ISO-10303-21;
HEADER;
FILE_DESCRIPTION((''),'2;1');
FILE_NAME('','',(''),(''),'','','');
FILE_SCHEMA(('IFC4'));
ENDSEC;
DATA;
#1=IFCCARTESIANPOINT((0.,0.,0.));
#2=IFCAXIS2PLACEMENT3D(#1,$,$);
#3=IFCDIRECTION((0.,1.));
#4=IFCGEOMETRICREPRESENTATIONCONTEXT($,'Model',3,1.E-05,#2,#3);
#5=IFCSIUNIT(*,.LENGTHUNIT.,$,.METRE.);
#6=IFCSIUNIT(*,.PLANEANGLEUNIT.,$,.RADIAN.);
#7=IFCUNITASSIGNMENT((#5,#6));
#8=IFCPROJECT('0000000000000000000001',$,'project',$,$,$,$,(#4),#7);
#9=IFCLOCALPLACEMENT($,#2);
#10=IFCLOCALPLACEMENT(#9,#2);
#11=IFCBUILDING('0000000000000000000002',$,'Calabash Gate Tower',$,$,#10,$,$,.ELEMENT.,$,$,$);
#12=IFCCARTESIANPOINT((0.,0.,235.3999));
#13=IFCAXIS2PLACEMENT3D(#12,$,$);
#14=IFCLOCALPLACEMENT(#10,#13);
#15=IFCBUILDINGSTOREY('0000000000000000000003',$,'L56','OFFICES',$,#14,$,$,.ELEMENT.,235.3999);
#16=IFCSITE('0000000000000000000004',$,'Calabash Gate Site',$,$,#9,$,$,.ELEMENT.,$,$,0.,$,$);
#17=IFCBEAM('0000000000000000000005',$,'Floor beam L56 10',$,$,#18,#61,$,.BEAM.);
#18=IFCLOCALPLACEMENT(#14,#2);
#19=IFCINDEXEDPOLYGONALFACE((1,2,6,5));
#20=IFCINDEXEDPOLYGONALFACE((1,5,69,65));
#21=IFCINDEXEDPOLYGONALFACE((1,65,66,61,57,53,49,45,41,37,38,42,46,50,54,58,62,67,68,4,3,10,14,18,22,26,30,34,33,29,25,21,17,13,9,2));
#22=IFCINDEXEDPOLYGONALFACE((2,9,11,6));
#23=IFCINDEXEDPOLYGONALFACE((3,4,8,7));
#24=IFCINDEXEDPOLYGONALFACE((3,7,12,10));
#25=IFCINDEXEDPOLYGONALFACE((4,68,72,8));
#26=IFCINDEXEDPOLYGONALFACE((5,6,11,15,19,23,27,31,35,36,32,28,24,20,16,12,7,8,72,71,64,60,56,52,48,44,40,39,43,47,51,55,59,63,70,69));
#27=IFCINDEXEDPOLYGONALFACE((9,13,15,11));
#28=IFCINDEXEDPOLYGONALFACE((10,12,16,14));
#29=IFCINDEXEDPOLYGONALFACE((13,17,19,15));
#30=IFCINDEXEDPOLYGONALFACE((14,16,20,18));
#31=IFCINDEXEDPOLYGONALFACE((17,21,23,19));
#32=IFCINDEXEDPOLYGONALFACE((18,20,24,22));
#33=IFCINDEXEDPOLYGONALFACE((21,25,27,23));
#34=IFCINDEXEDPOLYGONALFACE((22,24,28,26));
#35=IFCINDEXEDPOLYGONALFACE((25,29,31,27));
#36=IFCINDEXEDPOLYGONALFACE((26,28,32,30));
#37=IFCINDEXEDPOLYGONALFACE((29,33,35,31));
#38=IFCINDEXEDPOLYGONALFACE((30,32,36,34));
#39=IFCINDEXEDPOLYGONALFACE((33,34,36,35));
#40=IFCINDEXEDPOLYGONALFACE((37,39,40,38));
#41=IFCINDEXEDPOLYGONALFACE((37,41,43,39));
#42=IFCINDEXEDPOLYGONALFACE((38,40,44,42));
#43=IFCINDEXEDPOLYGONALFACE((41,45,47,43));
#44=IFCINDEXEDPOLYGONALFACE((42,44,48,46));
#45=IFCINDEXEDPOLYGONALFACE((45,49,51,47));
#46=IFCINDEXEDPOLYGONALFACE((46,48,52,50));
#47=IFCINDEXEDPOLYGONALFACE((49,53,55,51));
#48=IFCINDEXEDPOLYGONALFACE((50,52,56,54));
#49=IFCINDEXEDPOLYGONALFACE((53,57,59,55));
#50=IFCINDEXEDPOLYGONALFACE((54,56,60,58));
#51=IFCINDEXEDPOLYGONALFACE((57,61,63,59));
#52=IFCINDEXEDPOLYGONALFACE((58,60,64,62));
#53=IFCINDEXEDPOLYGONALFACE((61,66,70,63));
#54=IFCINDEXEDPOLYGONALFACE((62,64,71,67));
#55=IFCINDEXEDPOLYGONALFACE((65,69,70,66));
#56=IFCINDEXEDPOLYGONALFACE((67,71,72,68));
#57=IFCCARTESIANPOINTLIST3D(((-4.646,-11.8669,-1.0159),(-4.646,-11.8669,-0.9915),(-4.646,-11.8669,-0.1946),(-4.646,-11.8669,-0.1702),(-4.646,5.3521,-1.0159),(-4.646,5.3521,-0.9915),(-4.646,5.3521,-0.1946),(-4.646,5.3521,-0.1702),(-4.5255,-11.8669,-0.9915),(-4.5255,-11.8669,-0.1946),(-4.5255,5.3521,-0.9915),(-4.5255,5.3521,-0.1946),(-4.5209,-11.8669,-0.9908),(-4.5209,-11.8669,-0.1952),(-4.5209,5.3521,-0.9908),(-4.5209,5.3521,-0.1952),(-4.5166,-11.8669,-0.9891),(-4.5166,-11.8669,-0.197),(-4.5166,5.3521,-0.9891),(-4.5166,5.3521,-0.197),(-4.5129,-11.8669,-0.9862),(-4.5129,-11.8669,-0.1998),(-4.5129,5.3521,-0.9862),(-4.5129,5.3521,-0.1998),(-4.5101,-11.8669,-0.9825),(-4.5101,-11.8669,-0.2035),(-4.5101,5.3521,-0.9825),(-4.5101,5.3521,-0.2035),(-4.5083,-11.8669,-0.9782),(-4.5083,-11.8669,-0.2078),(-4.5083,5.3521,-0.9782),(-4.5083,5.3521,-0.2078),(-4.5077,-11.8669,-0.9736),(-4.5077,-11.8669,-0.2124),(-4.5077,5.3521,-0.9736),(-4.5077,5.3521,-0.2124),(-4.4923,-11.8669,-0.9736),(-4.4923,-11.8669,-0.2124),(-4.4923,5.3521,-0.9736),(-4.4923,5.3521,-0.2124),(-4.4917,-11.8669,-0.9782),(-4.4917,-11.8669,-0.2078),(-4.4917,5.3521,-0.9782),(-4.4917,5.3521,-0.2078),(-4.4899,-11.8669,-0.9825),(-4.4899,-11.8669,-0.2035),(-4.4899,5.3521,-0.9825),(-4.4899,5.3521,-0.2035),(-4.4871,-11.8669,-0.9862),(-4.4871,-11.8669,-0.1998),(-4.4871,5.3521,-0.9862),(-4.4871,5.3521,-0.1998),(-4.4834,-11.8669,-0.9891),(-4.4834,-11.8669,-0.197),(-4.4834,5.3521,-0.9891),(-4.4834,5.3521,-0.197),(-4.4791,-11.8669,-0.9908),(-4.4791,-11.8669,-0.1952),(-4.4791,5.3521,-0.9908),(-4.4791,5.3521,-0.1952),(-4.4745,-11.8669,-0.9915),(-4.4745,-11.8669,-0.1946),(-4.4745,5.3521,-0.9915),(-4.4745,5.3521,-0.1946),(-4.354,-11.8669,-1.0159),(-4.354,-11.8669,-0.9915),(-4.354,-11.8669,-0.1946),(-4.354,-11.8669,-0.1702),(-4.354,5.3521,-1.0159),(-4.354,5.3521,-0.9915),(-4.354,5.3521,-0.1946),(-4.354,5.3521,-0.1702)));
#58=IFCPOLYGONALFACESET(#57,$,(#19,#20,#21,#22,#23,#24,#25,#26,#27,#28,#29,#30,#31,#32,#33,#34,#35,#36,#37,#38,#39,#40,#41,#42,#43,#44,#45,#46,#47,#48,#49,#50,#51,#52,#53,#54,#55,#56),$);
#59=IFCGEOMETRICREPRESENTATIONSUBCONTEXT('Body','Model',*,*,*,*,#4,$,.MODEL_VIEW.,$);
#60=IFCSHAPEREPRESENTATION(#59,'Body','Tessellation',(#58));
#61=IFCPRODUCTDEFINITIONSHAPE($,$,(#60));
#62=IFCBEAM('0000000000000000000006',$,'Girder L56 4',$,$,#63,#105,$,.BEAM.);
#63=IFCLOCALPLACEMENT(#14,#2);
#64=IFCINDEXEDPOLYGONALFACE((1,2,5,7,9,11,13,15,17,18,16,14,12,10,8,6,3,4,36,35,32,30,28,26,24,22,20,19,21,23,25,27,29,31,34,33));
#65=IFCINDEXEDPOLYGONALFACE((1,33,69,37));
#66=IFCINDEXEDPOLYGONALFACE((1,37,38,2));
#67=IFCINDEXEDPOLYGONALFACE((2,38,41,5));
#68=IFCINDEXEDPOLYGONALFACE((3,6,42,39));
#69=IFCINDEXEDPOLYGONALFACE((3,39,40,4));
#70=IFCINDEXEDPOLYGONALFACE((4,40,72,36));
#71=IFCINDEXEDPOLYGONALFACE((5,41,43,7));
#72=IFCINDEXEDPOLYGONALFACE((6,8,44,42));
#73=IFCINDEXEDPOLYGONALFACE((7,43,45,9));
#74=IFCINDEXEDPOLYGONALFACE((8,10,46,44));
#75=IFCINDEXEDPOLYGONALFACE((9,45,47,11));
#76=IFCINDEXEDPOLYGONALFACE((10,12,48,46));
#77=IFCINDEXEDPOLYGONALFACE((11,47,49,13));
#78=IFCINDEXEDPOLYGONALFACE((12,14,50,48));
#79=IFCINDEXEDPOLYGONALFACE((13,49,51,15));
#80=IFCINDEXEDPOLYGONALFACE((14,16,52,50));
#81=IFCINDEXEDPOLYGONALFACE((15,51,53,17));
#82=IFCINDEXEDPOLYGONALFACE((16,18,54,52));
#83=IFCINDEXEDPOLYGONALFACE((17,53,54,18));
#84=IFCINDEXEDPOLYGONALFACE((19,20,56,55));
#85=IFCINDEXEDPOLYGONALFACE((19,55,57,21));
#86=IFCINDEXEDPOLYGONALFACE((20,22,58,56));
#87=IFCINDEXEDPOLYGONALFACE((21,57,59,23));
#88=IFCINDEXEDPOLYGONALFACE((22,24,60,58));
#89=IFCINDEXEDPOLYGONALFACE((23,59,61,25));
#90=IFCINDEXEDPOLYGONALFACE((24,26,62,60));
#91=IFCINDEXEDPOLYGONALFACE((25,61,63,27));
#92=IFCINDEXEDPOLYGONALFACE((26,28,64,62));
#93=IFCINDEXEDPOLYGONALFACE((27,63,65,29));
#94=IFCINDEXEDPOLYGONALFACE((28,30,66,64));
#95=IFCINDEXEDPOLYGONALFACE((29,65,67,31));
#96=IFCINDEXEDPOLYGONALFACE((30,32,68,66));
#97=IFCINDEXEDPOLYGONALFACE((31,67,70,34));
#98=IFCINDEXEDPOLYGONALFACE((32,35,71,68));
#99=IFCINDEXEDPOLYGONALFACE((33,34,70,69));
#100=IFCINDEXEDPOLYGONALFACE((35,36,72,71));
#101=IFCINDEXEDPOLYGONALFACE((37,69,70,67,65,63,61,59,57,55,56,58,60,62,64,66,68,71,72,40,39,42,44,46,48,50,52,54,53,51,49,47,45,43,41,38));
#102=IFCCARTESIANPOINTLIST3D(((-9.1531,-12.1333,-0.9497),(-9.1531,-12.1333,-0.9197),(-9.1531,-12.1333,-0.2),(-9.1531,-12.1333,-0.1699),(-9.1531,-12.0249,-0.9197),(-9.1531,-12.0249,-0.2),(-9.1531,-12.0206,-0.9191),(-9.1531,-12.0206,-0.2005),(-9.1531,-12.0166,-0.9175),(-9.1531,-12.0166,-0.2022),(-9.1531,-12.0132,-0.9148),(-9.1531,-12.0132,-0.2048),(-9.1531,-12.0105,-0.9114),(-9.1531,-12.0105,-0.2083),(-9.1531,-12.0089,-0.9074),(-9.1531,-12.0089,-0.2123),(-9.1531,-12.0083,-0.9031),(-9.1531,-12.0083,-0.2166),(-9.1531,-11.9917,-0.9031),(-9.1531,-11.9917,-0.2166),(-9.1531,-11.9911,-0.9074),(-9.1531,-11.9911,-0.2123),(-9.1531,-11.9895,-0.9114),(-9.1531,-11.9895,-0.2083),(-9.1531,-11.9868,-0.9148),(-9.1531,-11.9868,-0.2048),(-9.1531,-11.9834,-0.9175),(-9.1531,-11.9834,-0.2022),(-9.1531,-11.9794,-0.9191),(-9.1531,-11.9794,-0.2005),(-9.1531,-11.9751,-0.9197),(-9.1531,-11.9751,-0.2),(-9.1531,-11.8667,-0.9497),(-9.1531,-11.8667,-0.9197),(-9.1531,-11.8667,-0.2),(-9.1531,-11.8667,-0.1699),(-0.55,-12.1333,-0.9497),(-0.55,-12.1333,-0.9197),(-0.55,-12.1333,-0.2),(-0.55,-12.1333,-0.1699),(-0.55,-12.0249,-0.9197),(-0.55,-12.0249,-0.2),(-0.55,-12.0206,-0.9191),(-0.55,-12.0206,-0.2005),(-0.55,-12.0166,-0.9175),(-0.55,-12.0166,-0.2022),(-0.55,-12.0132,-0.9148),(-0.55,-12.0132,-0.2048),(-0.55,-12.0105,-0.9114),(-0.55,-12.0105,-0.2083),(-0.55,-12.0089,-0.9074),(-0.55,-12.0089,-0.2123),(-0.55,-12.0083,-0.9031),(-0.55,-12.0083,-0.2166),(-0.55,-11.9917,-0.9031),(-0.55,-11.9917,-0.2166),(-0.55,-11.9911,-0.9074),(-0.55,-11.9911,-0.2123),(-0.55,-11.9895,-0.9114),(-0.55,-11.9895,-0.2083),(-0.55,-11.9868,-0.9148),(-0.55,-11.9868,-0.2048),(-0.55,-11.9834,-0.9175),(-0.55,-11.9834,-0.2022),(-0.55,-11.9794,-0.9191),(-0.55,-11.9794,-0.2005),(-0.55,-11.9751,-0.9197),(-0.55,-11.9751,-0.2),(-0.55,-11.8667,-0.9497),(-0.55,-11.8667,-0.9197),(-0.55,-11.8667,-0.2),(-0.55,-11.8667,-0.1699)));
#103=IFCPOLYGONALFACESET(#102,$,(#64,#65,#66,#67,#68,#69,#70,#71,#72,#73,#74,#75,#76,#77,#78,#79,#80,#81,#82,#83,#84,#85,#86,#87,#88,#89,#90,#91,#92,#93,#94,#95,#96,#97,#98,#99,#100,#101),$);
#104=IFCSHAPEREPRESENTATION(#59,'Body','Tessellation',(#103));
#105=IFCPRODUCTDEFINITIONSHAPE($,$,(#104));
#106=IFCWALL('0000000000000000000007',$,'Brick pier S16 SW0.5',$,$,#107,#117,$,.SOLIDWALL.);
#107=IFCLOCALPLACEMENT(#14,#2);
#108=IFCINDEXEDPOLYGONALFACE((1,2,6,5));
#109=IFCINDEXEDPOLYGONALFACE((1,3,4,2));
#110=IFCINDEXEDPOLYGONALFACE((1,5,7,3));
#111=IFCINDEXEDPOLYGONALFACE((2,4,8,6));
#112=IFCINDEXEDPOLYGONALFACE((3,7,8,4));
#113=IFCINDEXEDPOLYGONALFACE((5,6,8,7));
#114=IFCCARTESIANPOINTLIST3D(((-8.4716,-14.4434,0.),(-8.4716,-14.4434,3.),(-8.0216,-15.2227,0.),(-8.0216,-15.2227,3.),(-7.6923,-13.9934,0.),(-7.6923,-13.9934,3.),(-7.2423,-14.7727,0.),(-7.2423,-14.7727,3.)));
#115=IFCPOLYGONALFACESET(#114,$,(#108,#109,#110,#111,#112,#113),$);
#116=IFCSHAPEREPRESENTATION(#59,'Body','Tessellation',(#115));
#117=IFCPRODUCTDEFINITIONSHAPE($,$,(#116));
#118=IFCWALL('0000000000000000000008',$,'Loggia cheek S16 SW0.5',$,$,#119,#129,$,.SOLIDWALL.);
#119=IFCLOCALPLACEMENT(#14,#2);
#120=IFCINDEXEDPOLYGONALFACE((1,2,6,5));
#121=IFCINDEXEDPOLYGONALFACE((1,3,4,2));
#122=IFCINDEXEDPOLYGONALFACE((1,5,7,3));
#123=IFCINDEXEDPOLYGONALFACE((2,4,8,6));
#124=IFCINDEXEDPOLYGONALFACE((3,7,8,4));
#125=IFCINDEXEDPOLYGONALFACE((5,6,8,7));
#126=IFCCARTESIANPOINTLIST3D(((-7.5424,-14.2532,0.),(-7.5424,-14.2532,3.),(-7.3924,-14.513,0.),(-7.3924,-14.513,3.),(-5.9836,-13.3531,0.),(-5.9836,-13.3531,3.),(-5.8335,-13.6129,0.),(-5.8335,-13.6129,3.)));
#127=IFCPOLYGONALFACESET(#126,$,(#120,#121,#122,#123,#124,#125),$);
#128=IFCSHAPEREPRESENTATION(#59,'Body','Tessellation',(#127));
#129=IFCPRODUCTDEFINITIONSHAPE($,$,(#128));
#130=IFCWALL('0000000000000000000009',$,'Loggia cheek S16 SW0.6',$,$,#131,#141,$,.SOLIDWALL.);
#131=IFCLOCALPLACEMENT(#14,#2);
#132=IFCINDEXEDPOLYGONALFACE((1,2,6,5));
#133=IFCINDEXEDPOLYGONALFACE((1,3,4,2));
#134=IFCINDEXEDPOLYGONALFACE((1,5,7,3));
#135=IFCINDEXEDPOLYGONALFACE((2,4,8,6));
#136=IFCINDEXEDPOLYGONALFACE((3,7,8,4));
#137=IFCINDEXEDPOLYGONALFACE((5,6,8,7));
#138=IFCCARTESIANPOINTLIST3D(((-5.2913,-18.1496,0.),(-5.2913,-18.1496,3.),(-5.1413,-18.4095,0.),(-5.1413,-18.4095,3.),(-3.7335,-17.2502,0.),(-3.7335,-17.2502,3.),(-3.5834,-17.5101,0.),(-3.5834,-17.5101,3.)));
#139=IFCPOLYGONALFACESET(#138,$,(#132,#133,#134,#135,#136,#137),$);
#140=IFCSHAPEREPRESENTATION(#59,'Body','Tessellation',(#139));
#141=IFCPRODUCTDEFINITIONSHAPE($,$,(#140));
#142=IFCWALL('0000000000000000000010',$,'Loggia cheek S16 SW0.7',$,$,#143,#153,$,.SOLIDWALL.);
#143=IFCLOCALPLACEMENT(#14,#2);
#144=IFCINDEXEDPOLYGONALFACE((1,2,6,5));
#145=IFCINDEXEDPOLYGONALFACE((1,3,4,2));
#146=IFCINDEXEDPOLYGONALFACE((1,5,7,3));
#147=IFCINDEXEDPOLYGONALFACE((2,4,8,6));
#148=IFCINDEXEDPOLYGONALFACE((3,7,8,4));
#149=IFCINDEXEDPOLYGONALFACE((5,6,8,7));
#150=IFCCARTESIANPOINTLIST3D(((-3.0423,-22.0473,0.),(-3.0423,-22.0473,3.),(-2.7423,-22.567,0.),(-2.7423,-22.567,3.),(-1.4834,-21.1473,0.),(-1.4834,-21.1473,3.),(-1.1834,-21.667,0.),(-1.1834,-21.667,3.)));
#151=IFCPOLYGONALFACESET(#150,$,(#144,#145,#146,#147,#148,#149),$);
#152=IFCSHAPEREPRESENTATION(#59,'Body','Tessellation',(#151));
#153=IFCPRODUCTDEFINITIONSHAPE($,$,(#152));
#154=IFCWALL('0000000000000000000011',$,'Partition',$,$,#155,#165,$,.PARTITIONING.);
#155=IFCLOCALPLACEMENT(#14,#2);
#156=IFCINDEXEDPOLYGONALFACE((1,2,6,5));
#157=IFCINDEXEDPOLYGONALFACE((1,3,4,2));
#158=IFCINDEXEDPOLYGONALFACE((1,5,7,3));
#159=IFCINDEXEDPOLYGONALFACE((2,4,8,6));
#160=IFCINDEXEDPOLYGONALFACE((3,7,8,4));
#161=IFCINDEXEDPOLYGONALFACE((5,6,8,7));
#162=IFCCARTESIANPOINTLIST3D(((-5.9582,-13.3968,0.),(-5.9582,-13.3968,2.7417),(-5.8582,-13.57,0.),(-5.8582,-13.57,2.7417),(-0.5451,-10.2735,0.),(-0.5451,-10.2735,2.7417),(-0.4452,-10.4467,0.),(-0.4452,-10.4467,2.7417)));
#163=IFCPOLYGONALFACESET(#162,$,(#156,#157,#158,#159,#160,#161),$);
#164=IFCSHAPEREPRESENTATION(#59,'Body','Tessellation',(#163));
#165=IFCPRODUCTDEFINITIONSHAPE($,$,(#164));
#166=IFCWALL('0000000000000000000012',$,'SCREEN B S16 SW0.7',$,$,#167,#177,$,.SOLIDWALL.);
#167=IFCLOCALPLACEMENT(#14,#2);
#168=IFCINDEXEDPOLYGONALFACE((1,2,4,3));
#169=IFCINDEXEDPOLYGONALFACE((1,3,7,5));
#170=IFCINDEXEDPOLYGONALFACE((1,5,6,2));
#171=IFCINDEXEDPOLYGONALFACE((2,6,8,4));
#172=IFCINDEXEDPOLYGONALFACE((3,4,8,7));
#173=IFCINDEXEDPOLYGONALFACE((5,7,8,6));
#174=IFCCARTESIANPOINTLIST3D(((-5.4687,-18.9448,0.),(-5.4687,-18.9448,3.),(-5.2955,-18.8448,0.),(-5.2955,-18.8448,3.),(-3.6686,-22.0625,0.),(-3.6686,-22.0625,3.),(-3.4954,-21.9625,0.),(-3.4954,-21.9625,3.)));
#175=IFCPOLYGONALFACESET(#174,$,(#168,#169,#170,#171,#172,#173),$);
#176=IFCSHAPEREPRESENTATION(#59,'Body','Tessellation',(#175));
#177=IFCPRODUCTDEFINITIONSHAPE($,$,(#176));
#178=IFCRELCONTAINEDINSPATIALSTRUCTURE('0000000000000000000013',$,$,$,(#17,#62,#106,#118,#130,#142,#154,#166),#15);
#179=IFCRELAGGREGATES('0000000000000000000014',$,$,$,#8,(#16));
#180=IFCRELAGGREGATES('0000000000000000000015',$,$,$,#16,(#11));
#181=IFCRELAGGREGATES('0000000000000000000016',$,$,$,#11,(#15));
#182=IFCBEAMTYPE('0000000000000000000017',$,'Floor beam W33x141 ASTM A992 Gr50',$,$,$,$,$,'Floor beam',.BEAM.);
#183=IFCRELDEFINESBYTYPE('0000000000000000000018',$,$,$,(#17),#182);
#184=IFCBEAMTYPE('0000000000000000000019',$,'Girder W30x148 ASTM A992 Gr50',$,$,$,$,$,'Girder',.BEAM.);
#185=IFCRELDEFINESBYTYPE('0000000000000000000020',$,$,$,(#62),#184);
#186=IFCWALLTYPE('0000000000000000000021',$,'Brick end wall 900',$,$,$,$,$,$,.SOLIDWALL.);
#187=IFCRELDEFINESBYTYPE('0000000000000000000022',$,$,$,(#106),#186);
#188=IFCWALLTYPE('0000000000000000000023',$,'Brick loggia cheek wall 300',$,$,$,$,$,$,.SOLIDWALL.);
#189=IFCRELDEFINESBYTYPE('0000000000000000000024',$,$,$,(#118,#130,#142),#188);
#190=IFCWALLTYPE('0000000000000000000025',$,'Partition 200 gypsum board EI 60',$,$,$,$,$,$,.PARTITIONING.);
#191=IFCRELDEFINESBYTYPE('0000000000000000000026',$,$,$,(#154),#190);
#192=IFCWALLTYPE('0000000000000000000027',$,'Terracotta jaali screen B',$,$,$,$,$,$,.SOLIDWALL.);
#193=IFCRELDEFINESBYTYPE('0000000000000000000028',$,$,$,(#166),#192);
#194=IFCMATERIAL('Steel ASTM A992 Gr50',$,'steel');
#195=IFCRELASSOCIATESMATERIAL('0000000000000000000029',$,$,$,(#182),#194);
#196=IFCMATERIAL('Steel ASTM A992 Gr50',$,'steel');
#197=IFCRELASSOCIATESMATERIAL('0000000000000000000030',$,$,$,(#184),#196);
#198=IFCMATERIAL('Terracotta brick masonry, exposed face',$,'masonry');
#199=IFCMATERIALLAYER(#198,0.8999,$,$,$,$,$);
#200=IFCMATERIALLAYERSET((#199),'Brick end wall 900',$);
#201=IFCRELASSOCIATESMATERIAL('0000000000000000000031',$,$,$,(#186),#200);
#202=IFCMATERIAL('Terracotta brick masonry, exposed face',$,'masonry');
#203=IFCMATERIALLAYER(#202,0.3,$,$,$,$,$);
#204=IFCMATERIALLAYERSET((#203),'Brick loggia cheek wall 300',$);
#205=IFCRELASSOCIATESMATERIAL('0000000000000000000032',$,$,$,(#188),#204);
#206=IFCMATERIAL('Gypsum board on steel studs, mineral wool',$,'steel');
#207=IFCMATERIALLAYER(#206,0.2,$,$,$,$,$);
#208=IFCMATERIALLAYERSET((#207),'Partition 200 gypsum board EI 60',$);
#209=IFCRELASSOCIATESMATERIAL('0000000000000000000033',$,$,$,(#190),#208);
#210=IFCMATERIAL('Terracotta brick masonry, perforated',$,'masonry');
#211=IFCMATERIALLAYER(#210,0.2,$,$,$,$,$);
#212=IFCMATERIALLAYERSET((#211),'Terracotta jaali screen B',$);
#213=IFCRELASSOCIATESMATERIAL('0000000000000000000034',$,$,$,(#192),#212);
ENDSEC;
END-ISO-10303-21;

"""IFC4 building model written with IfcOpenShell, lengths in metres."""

from ifc_helpers import new_model, si_unit, direction, frame, frame_2d, origin, origin_2d, place, context, subcontext, project, spatial, rectangle, i_section, extrude, material, layer, layer_set, material_profile, profile_set, type_object, element, save


model = new_model("IFC4")

# Units and contexts
model_context = context("Model", 3, precision=1e-05, world=origin(), true_north=direction((0.0, 1.0)))
body_context = subcontext(model_context, "Body", "Model", "MODEL_VIEW")
ifc_project = project(units=[si_unit("LENGTHUNIT", "METRE"), si_unit("PLANEANGLEUNIT", "RADIAN")], contexts=[model_context])

# Site, building, storey
site_placement = place(None, origin())
site = spatial("IfcSite", under=ifc_project, at=site_placement, Name="Calabash Gate Site", CompositionType="ELEMENT", RefElevation=0.0)
building_placement = place(site_placement, origin())
building = spatial("IfcBuilding", under=site, at=building_placement, Name="Calabash Gate Tower", CompositionType="ELEMENT")
storey_placement = place(building_placement, frame((0.0, 0.0, 235.3999)))
storey = spatial("IfcBuildingStorey", under=building, at=storey_placement, Name="L56", Description="OFFICES", CompositionType="ELEMENT", Elevation=235.3999)

# Beams
ifc_material_1 = material(Name="Steel ASTM A992 Gr50", Category="steel")
ifc_material_profile_1 = material_profile(ifc_material_1, i_section(OverallWidth=0.292, OverallDepth=0.8457, WebThickness=0.0154, FlangeThickness=0.0244, FilletRadius=0.0178, at=origin_2d()))
ifc_profile_set_1 = profile_set([ifc_material_profile_1], Name="Steel ASTM A992 Gr50")
beam_type_1 = type_object("IfcBeamType", Name="Floor beam W33x141 ASTM A992 Gr50", ElementType="Floor beam", PredefinedType="BEAM", material=ifc_profile_set_1)
beam_1_placement = place(storey_placement, frame((-4.5, -11.8669, -0.593), z_axis=(0.0, 1.0, 0.0), x_axis=(-1.0, 0.0, 0.0)))
element("IfcBeam", 1, at=beam_1_placement, inside=storey, type_object=beam_type_1, Name="Floor beam L56 10", PredefinedType="BEAM", context=body_context, shape_type="SweptSolid", body=[
    extrude(i_section(OverallWidth=0.292, OverallDepth=0.8457, WebThickness=0.0154, FlangeThickness=0.0244, FilletRadius=0.0178, at=origin_2d()), origin(), (0.0, 0.0, 1.0), 17.219),
])
ifc_material_2 = material(Name="Steel ASTM A992 Gr50", Category="steel")
ifc_material_profile_2 = material_profile(ifc_material_2, i_section(OverallWidth=0.2666, OverallDepth=0.7798, WebThickness=0.0166, FlangeThickness=0.03, FilletRadius=0.0166, at=origin_2d()))
ifc_profile_set_2 = profile_set([ifc_material_profile_2], Name="Steel ASTM A992 Gr50")
beam_type_2 = type_object("IfcBeamType", Name="Girder W30x148 ASTM A992 Gr50", ElementType="Girder", PredefinedType="BEAM", material=ifc_profile_set_2)
beam_2_placement = place(storey_placement, frame((-9.1531, -12.0, -0.5598), z_axis=(1.0, 0.0, 0.0), x_axis=(0.0, 1.0, 0.0)))
element("IfcBeam", 2, at=beam_2_placement, inside=storey, type_object=beam_type_2, Name="Girder L56 4", PredefinedType="BEAM", context=body_context, shape_type="SweptSolid", body=[
    extrude(i_section(OverallWidth=0.2666, OverallDepth=0.7798, WebThickness=0.0166, FlangeThickness=0.03, FilletRadius=0.0166, at=origin_2d()), origin(), (0.0, 0.0, 1.0), 8.603),
])

# Walls
ifc_material_3 = material(Name="Terracotta brick masonry, exposed face", Category="masonry")
ifc_layer_1 = layer(ifc_material_3, 0.8999)
ifc_layer_set_1 = layer_set([ifc_layer_1], Name="Brick end wall 900")
wall_type_1 = type_object("IfcWallType", Name="Brick end wall 900", PredefinedType="SOLIDWALL", material=ifc_layer_set_1)
wall_1_placement = place(storey_placement, frame((-7.4673, -14.3831, 0.0), z_axis=(0.0, 0.0, 1.0), x_axis=(-0.866014, -0.50002, 0.0)))
element("IfcWall", 3, at=wall_1_placement, inside=storey, type_object=wall_type_1, Name="Brick pier S16 SW0.5", PredefinedType="SOLIDWALL", context=body_context, shape_type="SweptSolid", body=[
    extrude(rectangle(XDim=0.8999, YDim=0.8999, at=frame_2d((0.45, 0.0))), origin(), (0.0, 0.0, 1.0), 3.0),
])
ifc_material_4 = material(Name="Terracotta brick masonry, exposed face", Category="masonry")
ifc_layer_2 = layer(ifc_material_4, 0.3)
ifc_layer_set_2 = layer_set([ifc_layer_2], Name="Brick loggia cheek wall 300")
wall_type_2 = type_object("IfcWallType", Name="Brick loggia cheek wall 300", PredefinedType="SOLIDWALL", material=ifc_layer_set_2)
wall_2_placement = place(storey_placement, frame((-7.4673, -14.3831, 0.0), z_axis=(0.0, 0.0, 1.0), x_axis=(0.865989, 0.500063, 0.0)))
element("IfcWall", 4, at=wall_2_placement, inside=storey, type_object=wall_type_2, Name="Loggia cheek S16 SW0.5", PredefinedType="SOLIDWALL", context=body_context, shape_type="SweptSolid", body=[
    extrude(rectangle(XDim=1.8, YDim=0.3, at=frame_2d((0.8999, 0.0))), origin(), (0.0, 0.0, 1.0), 3.0),
])
wall_3_placement = place(storey_placement, frame((-3.6584, -17.3801, 0.0), z_axis=(0.0, 0.0, 1.0), x_axis=(-0.86603, -0.499993, 0.0)))
element("IfcWall", 5, at=wall_3_placement, inside=storey, type_object=wall_type_2, Name="Loggia cheek S16 SW0.6", PredefinedType="SOLIDWALL", context=body_context, shape_type="SweptSolid", body=[
    extrude(rectangle(XDim=1.7988, YDim=0.3, at=frame_2d((0.8994, 0.0))), origin(), (0.0, 0.0, 1.0), 3.0),
])
wall_4_placement = place(storey_placement, frame((-1.3335, -21.4072, 0.0), z_axis=(0.0, 0.0, 1.0), x_axis=(-0.866048, -0.499961, 0.0)))
element("IfcWall", 6, at=wall_4_placement, inside=storey, type_object=wall_type_2, Name="Loggia cheek S16 SW0.7", PredefinedType="SOLIDWALL", context=body_context, shape_type="SweptSolid", body=[
    extrude(rectangle(XDim=1.8, YDim=0.6001, at=frame_2d((0.8999, 0.0))), origin(), (0.0, 0.0, 1.0), 3.0),
])
ifc_material_5 = material(Name="Gypsum board on steel studs, mineral wool", Category="steel")
ifc_layer_3 = layer(ifc_material_5, 0.2)
ifc_layer_set_3 = layer_set([ifc_layer_3], Name="Partition 200 gypsum board EI 60")
wall_type_3 = type_object("IfcWallType", Name="Partition 200 gypsum board EI 60", PredefinedType="PARTITIONING", material=ifc_layer_set_3)
wall_5_placement = place(storey_placement, frame((-5.9082, -13.4834, 0.0), z_axis=(0.0, 0.0, 1.0), x_axis=(0.866161, 0.499765, 0.0)))
element("IfcWall", 7, at=wall_5_placement, inside=storey, type_object=wall_type_3, Name="Partition", PredefinedType="PARTITIONING", context=body_context, shape_type="SweptSolid", body=[
    extrude(rectangle(XDim=6.2495, YDim=0.2, at=frame_2d((3.1248, 0.0))), origin(), (0.0, 0.0, 1.0), 2.7417),
])
ifc_material_6 = material(Name="Terracotta brick masonry, perforated", Category="masonry")
ifc_layer_4 = layer(ifc_material_6, 0.2)
ifc_layer_set_4 = layer_set([ifc_layer_4], Name="Terracotta jaali screen B")
wall_type_4 = type_object("IfcWallType", Name="Terracotta jaali screen B", PredefinedType="SOLIDWALL", material=ifc_layer_set_4)
wall_6_placement = place(storey_placement, frame((-5.3821, -18.8948, 0.0), z_axis=(0.0, 0.0, 1.0), x_axis=(0.500012, -0.866018, 0.0)))
element("IfcWall", 8, at=wall_6_placement, inside=storey, type_object=wall_type_4, Name="SCREEN B S16 SW0.7", PredefinedType="SOLIDWALL", context=body_context, shape_type="SweptSolid", body=[
    extrude(rectangle(XDim=3.6001, YDim=0.2, at=frame_2d((1.8, 0.0))), origin(), (0.0, 0.0, 1.0), 3.0),
])

save(model, "model.ifc")
